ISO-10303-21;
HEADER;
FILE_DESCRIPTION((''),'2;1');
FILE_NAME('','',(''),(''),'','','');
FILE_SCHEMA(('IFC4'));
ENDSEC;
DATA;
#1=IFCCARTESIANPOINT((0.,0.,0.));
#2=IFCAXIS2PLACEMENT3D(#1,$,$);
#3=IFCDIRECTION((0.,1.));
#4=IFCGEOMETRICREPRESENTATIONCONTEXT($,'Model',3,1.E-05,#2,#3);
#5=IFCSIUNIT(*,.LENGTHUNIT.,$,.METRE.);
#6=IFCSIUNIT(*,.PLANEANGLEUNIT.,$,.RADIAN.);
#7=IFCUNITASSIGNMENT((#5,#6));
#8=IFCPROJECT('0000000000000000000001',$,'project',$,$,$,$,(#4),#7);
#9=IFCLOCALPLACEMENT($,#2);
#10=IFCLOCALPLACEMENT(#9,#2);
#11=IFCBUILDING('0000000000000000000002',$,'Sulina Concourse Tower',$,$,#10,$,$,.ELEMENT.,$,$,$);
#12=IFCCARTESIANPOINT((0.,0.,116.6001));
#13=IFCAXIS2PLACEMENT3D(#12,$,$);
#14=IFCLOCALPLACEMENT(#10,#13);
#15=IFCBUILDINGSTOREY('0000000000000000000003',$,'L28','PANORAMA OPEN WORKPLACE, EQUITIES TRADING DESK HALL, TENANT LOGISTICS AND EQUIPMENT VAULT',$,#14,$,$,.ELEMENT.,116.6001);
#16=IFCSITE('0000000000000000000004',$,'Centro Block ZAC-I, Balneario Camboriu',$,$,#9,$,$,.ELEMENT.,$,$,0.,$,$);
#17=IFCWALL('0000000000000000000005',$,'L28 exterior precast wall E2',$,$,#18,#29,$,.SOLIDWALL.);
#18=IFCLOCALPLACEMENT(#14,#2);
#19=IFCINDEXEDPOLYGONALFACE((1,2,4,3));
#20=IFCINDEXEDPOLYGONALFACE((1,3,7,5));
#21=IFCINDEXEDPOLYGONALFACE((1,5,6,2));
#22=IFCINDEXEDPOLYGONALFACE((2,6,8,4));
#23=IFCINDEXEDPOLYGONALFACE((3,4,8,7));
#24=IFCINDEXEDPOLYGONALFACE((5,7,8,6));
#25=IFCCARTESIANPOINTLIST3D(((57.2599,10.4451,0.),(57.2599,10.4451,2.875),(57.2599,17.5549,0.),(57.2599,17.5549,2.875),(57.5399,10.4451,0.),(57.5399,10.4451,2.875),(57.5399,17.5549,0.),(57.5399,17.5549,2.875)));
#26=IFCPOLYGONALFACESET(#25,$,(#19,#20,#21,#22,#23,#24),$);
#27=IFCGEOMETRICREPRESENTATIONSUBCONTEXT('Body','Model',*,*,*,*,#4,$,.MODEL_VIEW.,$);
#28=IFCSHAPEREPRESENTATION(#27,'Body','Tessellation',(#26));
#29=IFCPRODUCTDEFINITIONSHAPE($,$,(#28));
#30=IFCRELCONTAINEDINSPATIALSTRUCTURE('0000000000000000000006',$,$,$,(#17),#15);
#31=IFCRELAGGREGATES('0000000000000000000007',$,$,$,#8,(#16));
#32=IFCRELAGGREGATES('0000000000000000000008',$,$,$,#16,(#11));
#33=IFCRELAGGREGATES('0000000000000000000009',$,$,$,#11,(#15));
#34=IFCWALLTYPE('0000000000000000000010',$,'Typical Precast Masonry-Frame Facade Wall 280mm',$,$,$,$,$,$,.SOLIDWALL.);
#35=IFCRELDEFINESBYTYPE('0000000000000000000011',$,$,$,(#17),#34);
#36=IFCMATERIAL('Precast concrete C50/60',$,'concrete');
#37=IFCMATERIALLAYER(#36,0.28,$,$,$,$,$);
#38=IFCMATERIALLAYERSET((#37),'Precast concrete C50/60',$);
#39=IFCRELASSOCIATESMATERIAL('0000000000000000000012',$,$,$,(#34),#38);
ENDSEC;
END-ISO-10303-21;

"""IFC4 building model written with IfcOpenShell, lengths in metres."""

from ifc_helpers import new_model, si_unit, direction, frame, frame_2d, origin, place, context, subcontext, project, spatial, rectangle, extrude, material, layer, layer_set, type_object, element, save


model = new_model("IFC4")

# Units and contexts
model_context = context("Model", 3, precision=1e-05, world=origin(), true_north=direction((0.0, 1.0)))
body_context = subcontext(model_context, "Body", "Model", "MODEL_VIEW")
ifc_project = project(units=[si_unit("LENGTHUNIT", "METRE"), si_unit("PLANEANGLEUNIT", "RADIAN")], contexts=[model_context])

# Site, building, storey
site_placement = place(None, origin())
site = spatial("IfcSite", under=ifc_project, at=site_placement, Name="Centro Block ZAC-I, Balneario Camboriu", CompositionType="ELEMENT", RefElevation=0.0)
building_placement = place(site_placement, origin())
building = spatial("IfcBuilding", under=site, at=building_placement, Name="Sulina Concourse Tower", CompositionType="ELEMENT")
storey_placement = place(building_placement, frame((0.0, 0.0, 116.6001)))
storey = spatial("IfcBuildingStorey", under=building, at=storey_placement, Name="L28", Description="PANORAMA OPEN WORKPLACE, EQUITIES TRADING DESK HALL, TENANT LOGISTICS AND EQUIPMENT VAULT", CompositionType="ELEMENT", Elevation=116.6001)

# Shared definitions
ifc_material_1 = material(Name="Precast concrete C50/60", Category="concrete")
ifc_layer_1 = layer(ifc_material_1, 0.28)
ifc_layer_set_1 = layer_set([ifc_layer_1], Name="Precast concrete C50/60")
wall_type_1 = type_object("IfcWallType", Name="Typical Precast Masonry-Frame Facade Wall 280mm", PredefinedType="SOLIDWALL", material=ifc_layer_set_1)

# Wall
wall_1_placement = place(storey_placement, frame((57.3999, 17.5549, 0.0), z_axis=(0.0, 0.0, 1.0), x_axis=(0.0, -1.0, 0.0)))
element("IfcWall", 1, at=wall_1_placement, inside=storey, type_object=wall_type_1, Name="L28 exterior precast wall E2", PredefinedType="SOLIDWALL", context=body_context, shape_type="SweptSolid", body=[
    extrude(rectangle(XDim=7.1099, YDim=0.28, at=frame_2d((3.5549, 0.0))), origin(), (0.0, 0.0, 1.0), 2.875),
])

save(model, "model.ifc")
